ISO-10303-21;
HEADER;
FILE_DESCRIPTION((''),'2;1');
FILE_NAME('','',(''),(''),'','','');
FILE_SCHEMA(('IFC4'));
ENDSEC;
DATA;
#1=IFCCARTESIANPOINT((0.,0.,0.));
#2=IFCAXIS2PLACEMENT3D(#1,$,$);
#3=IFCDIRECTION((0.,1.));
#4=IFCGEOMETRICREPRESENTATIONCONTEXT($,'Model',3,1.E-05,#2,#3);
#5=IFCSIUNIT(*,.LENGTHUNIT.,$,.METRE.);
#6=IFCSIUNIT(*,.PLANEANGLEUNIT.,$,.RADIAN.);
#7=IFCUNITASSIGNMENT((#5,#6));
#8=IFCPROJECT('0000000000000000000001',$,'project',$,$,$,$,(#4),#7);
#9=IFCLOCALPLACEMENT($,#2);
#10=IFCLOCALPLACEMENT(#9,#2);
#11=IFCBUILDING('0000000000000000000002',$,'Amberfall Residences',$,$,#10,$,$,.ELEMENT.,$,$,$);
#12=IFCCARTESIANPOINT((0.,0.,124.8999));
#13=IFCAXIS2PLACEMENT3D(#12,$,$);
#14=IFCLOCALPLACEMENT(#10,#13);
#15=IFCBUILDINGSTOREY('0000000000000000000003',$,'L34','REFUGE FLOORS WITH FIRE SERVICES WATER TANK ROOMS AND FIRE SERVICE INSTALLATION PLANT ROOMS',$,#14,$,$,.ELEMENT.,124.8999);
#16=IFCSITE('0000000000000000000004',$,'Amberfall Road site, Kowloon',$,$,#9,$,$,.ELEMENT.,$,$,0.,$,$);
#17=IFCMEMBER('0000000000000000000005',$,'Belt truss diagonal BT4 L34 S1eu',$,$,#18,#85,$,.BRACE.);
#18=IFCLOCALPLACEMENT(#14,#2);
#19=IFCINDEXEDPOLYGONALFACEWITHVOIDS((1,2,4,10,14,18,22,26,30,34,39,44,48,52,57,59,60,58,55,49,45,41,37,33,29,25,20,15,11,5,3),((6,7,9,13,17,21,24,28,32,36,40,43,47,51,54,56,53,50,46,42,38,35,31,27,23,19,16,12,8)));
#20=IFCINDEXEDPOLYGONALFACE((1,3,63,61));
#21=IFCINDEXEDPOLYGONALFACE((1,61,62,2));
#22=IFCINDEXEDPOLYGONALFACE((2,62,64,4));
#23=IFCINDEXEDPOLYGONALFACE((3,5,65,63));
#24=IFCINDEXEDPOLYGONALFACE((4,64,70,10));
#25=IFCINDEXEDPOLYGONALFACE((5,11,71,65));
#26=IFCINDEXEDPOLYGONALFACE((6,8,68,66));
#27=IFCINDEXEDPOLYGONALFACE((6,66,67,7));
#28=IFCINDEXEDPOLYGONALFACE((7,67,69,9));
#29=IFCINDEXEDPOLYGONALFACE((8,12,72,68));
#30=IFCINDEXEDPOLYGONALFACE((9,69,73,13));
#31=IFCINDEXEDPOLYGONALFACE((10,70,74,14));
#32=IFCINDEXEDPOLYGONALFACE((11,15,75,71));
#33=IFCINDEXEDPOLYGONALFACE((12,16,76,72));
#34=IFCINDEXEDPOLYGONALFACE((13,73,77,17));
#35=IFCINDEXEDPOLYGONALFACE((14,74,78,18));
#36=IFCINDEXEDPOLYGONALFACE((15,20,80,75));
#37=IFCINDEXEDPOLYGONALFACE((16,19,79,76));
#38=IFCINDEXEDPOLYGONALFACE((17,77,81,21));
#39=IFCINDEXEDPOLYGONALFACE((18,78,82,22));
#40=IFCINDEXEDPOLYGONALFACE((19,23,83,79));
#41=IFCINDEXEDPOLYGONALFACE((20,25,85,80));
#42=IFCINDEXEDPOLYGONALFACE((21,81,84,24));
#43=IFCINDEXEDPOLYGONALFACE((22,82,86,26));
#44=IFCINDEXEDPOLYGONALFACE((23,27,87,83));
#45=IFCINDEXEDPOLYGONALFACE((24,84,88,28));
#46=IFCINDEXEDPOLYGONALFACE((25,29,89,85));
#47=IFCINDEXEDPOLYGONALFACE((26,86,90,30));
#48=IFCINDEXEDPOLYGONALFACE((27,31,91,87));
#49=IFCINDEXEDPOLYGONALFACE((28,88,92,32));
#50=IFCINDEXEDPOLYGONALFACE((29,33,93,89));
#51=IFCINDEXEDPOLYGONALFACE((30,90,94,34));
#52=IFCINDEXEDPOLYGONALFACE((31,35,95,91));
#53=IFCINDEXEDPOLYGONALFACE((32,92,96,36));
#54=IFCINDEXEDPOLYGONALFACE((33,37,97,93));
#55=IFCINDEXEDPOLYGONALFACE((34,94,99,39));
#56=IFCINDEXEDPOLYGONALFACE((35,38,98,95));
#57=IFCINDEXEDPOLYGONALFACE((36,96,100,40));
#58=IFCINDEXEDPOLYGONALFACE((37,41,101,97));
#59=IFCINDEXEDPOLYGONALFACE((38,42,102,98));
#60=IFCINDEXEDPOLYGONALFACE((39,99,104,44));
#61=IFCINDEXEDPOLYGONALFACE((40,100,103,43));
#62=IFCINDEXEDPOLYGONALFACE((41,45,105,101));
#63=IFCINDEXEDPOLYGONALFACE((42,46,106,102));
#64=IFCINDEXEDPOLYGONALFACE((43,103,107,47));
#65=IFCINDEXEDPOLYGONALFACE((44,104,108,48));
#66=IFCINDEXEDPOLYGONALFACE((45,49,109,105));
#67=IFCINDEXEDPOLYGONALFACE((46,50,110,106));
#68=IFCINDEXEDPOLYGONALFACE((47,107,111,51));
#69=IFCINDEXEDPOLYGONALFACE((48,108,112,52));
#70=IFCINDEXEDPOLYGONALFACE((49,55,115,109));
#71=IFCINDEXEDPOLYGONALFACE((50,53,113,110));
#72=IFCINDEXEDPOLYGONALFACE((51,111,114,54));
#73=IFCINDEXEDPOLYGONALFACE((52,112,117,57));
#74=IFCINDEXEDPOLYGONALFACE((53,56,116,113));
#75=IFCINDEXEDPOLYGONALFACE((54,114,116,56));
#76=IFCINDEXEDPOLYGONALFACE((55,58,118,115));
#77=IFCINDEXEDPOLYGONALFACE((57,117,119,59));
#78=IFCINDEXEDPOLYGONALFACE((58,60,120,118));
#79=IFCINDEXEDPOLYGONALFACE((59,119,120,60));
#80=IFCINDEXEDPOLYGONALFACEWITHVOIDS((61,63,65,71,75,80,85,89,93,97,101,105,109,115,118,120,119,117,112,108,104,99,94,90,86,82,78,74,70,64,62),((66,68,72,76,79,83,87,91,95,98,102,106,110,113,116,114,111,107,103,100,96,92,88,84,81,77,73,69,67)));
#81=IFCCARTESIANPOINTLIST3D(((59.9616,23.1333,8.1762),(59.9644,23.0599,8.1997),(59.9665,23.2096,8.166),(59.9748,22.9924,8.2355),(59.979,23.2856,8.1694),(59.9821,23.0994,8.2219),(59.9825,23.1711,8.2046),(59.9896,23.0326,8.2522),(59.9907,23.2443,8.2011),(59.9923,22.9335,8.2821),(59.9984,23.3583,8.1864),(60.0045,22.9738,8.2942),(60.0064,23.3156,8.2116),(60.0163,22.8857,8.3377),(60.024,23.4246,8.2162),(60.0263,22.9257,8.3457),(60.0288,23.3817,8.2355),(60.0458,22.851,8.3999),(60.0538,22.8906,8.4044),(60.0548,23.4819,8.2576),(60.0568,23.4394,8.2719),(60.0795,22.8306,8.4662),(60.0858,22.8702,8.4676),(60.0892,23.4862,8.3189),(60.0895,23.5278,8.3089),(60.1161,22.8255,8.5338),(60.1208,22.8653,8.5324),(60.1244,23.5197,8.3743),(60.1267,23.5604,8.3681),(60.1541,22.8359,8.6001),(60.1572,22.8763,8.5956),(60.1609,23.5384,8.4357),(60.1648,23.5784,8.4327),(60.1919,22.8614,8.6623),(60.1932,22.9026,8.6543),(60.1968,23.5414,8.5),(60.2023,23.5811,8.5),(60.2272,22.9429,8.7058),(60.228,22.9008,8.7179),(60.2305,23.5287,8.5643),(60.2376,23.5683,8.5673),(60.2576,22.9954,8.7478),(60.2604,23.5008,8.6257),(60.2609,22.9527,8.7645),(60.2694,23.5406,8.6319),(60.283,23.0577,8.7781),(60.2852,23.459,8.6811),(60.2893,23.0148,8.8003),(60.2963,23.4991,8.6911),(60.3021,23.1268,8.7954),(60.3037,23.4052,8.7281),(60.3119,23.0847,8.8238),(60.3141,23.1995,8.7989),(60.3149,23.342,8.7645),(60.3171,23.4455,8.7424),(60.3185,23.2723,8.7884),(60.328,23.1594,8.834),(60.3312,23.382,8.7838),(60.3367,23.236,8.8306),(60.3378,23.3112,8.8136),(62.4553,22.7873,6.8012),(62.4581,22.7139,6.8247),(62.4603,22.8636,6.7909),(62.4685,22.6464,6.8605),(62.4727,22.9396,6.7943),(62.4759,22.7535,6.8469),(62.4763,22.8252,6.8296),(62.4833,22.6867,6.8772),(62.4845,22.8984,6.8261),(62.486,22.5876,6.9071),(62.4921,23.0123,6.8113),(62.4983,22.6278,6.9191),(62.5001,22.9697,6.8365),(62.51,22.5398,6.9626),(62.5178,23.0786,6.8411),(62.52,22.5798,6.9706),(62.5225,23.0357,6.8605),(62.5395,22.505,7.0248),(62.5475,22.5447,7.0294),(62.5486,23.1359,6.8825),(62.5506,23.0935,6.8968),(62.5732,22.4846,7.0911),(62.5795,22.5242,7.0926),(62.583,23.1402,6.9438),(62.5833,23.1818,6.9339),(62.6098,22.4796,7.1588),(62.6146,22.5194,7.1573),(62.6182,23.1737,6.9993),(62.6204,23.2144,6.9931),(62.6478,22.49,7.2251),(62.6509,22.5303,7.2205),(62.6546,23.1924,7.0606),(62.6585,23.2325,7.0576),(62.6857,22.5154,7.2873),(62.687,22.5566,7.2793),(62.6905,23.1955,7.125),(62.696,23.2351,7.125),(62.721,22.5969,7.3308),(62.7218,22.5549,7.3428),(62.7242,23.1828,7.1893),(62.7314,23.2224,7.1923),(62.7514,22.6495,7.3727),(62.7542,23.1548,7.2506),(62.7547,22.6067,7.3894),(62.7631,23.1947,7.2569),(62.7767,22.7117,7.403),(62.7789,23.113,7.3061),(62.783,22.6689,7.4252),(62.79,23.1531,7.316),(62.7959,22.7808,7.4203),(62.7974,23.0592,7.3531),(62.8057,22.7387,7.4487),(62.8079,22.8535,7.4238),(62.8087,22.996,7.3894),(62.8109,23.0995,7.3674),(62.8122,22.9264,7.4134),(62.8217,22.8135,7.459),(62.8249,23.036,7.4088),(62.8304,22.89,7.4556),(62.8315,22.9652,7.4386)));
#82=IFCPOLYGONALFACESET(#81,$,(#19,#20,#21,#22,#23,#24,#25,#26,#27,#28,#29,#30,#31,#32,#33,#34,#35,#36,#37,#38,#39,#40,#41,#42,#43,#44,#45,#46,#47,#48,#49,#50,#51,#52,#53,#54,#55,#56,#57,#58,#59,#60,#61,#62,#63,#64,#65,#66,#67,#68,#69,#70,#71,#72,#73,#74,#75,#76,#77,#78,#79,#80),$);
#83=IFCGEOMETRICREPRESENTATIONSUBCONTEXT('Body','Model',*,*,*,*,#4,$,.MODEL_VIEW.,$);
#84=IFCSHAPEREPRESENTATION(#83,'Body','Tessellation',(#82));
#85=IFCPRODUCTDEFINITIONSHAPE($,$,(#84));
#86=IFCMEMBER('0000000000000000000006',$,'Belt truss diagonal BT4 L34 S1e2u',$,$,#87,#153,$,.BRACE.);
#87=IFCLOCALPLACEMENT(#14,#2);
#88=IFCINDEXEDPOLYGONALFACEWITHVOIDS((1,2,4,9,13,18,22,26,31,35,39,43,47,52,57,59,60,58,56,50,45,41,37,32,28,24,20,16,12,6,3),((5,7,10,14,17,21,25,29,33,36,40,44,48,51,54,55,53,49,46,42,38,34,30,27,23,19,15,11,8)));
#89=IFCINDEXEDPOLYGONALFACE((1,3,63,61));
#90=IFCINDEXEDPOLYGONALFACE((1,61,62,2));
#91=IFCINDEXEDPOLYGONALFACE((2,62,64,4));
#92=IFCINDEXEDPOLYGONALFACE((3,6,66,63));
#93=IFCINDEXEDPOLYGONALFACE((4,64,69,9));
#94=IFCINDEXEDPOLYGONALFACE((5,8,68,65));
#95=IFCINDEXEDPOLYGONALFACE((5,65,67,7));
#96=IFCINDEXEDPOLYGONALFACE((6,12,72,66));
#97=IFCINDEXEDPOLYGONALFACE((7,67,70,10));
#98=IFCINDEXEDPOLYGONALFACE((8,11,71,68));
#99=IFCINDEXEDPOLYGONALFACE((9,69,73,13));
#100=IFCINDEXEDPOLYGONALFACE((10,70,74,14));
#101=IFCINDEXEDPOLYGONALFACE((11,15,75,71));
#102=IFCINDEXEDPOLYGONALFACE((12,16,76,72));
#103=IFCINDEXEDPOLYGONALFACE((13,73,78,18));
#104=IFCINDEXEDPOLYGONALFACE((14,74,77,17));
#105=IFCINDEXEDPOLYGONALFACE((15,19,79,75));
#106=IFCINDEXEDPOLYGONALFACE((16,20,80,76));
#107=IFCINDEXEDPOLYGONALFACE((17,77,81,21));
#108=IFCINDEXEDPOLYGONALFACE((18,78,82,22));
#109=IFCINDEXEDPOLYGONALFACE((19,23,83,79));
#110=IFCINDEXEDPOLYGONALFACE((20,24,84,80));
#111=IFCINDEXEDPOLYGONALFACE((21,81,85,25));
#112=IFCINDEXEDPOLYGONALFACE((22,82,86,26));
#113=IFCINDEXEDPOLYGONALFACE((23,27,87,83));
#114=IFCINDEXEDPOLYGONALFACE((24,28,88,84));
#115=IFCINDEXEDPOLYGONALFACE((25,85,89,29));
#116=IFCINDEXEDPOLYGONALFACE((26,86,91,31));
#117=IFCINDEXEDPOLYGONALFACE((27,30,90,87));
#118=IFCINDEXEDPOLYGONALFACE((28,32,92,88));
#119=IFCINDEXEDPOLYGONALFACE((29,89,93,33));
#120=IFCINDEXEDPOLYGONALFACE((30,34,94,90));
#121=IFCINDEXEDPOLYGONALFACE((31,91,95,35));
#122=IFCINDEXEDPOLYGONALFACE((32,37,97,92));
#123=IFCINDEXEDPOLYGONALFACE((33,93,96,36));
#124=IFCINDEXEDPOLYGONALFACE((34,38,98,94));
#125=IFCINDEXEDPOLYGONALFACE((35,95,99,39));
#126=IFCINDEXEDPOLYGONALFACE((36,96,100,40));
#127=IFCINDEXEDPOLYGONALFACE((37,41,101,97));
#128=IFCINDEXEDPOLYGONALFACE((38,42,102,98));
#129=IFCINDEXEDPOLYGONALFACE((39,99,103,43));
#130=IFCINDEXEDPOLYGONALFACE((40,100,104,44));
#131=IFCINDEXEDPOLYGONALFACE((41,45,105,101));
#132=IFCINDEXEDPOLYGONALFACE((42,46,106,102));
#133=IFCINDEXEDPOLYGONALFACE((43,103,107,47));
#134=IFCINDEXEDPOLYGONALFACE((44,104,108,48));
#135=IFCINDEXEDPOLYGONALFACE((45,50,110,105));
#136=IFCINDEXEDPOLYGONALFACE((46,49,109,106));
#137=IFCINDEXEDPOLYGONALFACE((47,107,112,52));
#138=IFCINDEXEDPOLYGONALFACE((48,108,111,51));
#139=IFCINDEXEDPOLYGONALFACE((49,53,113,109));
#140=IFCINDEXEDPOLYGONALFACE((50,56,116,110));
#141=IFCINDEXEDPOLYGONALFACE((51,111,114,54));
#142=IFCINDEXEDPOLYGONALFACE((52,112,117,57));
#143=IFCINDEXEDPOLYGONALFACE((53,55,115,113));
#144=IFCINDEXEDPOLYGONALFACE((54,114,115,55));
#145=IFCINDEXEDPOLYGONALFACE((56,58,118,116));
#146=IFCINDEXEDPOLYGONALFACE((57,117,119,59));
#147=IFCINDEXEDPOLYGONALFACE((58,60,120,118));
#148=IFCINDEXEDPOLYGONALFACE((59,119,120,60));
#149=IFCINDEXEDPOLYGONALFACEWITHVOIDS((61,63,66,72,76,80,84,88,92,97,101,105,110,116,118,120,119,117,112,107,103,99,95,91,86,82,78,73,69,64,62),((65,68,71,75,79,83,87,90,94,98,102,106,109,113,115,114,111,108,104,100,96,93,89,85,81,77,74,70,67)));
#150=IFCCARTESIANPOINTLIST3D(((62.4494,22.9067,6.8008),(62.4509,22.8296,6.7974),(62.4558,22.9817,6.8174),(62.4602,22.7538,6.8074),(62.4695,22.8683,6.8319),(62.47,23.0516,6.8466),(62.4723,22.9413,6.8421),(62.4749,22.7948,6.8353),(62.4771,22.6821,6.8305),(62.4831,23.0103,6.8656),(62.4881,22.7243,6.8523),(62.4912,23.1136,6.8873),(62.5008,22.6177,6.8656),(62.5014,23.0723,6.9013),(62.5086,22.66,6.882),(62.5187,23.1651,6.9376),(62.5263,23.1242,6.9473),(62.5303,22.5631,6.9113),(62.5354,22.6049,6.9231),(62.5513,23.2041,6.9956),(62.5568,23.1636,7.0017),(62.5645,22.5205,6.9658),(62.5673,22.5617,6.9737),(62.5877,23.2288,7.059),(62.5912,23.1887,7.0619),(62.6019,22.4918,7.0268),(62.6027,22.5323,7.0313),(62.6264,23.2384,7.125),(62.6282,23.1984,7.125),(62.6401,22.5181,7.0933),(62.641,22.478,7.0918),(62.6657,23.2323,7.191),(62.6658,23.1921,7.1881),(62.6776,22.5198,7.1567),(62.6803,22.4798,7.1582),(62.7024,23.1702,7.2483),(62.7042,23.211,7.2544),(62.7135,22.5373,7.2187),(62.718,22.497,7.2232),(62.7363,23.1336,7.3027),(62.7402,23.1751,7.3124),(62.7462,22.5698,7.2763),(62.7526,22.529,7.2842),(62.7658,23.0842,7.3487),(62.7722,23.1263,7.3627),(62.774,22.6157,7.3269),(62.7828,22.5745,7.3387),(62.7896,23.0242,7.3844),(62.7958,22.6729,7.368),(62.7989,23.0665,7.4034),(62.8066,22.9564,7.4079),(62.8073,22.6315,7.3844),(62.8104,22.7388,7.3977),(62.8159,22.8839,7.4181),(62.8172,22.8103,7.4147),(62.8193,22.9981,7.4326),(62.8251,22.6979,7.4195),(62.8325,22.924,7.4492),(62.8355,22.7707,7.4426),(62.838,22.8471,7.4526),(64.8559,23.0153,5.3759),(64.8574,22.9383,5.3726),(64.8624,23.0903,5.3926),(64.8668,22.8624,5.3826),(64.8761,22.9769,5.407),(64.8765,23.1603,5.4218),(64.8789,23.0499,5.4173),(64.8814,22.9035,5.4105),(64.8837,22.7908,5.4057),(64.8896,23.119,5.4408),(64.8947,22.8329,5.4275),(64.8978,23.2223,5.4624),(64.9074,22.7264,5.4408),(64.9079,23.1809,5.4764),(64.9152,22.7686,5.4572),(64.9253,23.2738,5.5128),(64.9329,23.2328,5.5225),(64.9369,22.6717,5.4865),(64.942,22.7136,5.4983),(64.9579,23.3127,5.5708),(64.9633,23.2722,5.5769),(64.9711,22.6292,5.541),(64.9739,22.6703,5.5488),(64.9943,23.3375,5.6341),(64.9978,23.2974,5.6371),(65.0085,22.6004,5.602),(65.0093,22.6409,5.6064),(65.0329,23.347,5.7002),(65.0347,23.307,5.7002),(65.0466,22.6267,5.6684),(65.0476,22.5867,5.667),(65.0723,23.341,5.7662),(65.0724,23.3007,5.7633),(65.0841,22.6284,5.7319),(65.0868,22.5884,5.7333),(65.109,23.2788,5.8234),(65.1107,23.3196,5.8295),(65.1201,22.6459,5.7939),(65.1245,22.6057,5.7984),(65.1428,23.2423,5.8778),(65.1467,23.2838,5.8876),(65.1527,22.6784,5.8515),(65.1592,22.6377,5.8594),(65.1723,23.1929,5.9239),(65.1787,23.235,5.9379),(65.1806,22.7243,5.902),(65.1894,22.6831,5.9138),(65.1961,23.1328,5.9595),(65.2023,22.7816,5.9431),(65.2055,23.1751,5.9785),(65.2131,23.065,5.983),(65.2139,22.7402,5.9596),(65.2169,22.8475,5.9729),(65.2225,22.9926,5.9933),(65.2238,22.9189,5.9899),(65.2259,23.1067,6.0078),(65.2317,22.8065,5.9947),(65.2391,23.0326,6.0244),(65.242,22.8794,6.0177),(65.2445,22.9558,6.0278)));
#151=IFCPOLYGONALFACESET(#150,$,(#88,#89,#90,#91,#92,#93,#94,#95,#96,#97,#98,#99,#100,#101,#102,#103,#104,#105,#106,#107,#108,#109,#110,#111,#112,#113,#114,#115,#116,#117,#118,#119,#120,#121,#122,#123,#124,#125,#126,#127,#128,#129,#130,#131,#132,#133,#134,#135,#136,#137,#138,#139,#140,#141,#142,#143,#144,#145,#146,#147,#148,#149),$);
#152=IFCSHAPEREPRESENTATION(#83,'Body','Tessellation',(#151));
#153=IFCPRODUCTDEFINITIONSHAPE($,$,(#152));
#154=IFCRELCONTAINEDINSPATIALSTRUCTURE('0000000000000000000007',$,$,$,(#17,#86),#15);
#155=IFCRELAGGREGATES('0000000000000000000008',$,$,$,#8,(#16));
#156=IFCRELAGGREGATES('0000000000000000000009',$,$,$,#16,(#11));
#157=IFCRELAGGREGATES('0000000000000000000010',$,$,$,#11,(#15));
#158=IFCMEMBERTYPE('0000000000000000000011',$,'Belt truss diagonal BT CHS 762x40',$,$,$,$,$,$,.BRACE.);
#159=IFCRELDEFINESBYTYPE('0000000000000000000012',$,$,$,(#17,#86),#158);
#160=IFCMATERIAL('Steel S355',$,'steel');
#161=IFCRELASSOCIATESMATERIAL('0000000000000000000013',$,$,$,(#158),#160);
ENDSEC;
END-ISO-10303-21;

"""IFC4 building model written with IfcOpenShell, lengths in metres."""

from ifc_helpers import new_model, si_unit, direction, frame, origin, origin_2d, place, context, subcontext, project, spatial, hollow_circle, extrude, material, material_profile, profile_set, type_object, element, save


model = new_model("IFC4")

# Units and contexts
model_context = context("Model", 3, precision=1e-05, world=origin(), true_north=direction((0.0, 1.0)))
body_context = subcontext(model_context, "Body", "Model", "MODEL_VIEW")
ifc_project = project(units=[si_unit("LENGTHUNIT", "METRE"), si_unit("PLANEANGLEUNIT", "RADIAN")], contexts=[model_context])

# Site, building, storey
site_placement = place(None, origin())
site = spatial("IfcSite", under=ifc_project, at=site_placement, Name="Amberfall Road site, Kowloon", CompositionType="ELEMENT", RefElevation=0.0)
building_placement = place(site_placement, origin())
building = spatial("IfcBuilding", under=site, at=building_placement, Name="Amberfall Residences", CompositionType="ELEMENT")
storey_placement = place(building_placement, frame((0.0, 0.0, 124.8999)))
storey = spatial("IfcBuildingStorey", under=building, at=storey_placement, Name="L34", Description="REFUGE FLOORS WITH FIRE SERVICES WATER TANK ROOMS AND FIRE SERVICE INSTALLATION PLANT ROOMS", CompositionType="ELEMENT", Elevation=124.8999)

# Shared definitions
ifc_material_1 = material(Name="Steel S355", Category="steel")

# Members
ifc_material_profile_1 = material_profile(ifc_material_1, hollow_circle(Radius=0.3811, WallThickness=0.04, at=origin_2d()), Name="CHS 762x40")
ifc_profile_set_1 = profile_set([ifc_material_profile_1], Name="Steel S355")
member_type_1 = type_object("IfcMemberType", Name="Belt truss diagonal BT CHS 762x40", PredefinedType="BRACE", material=ifc_profile_set_1)
member_1_placement = place(storey_placement, frame((60.1499, 23.2036, 8.5), z_axis=(0.869306, -0.1206, -0.479335), x_axis=(0.137415, 0.990514, 0.0)))
element("IfcMember", 1, at=member_1_placement, inside=storey, type_object=member_type_1, Name="Belt truss diagonal BT4 L34 S1eu", PredefinedType="BRACE", context=body_context, shape_type="SweptSolid", body=[
    extrude(hollow_circle(Radius=0.3811, WallThickness=0.04, at=origin_2d()), origin(), (0.0, 0.0, 1.0), 2.8687),
])
member_2_placement = place(storey_placement, frame((62.6436, 22.8577, 7.125), z_axis=(0.859841, 0.038818, -0.509083), x_axis=(-0.0451, 0.998982, 0.0)))
element("IfcMember", 2, at=member_2_placement, inside=storey, type_object=member_type_1, Name="Belt truss diagonal BT4 L34 S1e2u", PredefinedType="BRACE", context=body_context, shape_type="SweptSolid", body=[
    extrude(hollow_circle(Radius=0.3811, WallThickness=0.04, at=origin_2d()), origin(), (0.0, 0.0, 1.0), 2.7988),
])

save(model, "model.ifc")
